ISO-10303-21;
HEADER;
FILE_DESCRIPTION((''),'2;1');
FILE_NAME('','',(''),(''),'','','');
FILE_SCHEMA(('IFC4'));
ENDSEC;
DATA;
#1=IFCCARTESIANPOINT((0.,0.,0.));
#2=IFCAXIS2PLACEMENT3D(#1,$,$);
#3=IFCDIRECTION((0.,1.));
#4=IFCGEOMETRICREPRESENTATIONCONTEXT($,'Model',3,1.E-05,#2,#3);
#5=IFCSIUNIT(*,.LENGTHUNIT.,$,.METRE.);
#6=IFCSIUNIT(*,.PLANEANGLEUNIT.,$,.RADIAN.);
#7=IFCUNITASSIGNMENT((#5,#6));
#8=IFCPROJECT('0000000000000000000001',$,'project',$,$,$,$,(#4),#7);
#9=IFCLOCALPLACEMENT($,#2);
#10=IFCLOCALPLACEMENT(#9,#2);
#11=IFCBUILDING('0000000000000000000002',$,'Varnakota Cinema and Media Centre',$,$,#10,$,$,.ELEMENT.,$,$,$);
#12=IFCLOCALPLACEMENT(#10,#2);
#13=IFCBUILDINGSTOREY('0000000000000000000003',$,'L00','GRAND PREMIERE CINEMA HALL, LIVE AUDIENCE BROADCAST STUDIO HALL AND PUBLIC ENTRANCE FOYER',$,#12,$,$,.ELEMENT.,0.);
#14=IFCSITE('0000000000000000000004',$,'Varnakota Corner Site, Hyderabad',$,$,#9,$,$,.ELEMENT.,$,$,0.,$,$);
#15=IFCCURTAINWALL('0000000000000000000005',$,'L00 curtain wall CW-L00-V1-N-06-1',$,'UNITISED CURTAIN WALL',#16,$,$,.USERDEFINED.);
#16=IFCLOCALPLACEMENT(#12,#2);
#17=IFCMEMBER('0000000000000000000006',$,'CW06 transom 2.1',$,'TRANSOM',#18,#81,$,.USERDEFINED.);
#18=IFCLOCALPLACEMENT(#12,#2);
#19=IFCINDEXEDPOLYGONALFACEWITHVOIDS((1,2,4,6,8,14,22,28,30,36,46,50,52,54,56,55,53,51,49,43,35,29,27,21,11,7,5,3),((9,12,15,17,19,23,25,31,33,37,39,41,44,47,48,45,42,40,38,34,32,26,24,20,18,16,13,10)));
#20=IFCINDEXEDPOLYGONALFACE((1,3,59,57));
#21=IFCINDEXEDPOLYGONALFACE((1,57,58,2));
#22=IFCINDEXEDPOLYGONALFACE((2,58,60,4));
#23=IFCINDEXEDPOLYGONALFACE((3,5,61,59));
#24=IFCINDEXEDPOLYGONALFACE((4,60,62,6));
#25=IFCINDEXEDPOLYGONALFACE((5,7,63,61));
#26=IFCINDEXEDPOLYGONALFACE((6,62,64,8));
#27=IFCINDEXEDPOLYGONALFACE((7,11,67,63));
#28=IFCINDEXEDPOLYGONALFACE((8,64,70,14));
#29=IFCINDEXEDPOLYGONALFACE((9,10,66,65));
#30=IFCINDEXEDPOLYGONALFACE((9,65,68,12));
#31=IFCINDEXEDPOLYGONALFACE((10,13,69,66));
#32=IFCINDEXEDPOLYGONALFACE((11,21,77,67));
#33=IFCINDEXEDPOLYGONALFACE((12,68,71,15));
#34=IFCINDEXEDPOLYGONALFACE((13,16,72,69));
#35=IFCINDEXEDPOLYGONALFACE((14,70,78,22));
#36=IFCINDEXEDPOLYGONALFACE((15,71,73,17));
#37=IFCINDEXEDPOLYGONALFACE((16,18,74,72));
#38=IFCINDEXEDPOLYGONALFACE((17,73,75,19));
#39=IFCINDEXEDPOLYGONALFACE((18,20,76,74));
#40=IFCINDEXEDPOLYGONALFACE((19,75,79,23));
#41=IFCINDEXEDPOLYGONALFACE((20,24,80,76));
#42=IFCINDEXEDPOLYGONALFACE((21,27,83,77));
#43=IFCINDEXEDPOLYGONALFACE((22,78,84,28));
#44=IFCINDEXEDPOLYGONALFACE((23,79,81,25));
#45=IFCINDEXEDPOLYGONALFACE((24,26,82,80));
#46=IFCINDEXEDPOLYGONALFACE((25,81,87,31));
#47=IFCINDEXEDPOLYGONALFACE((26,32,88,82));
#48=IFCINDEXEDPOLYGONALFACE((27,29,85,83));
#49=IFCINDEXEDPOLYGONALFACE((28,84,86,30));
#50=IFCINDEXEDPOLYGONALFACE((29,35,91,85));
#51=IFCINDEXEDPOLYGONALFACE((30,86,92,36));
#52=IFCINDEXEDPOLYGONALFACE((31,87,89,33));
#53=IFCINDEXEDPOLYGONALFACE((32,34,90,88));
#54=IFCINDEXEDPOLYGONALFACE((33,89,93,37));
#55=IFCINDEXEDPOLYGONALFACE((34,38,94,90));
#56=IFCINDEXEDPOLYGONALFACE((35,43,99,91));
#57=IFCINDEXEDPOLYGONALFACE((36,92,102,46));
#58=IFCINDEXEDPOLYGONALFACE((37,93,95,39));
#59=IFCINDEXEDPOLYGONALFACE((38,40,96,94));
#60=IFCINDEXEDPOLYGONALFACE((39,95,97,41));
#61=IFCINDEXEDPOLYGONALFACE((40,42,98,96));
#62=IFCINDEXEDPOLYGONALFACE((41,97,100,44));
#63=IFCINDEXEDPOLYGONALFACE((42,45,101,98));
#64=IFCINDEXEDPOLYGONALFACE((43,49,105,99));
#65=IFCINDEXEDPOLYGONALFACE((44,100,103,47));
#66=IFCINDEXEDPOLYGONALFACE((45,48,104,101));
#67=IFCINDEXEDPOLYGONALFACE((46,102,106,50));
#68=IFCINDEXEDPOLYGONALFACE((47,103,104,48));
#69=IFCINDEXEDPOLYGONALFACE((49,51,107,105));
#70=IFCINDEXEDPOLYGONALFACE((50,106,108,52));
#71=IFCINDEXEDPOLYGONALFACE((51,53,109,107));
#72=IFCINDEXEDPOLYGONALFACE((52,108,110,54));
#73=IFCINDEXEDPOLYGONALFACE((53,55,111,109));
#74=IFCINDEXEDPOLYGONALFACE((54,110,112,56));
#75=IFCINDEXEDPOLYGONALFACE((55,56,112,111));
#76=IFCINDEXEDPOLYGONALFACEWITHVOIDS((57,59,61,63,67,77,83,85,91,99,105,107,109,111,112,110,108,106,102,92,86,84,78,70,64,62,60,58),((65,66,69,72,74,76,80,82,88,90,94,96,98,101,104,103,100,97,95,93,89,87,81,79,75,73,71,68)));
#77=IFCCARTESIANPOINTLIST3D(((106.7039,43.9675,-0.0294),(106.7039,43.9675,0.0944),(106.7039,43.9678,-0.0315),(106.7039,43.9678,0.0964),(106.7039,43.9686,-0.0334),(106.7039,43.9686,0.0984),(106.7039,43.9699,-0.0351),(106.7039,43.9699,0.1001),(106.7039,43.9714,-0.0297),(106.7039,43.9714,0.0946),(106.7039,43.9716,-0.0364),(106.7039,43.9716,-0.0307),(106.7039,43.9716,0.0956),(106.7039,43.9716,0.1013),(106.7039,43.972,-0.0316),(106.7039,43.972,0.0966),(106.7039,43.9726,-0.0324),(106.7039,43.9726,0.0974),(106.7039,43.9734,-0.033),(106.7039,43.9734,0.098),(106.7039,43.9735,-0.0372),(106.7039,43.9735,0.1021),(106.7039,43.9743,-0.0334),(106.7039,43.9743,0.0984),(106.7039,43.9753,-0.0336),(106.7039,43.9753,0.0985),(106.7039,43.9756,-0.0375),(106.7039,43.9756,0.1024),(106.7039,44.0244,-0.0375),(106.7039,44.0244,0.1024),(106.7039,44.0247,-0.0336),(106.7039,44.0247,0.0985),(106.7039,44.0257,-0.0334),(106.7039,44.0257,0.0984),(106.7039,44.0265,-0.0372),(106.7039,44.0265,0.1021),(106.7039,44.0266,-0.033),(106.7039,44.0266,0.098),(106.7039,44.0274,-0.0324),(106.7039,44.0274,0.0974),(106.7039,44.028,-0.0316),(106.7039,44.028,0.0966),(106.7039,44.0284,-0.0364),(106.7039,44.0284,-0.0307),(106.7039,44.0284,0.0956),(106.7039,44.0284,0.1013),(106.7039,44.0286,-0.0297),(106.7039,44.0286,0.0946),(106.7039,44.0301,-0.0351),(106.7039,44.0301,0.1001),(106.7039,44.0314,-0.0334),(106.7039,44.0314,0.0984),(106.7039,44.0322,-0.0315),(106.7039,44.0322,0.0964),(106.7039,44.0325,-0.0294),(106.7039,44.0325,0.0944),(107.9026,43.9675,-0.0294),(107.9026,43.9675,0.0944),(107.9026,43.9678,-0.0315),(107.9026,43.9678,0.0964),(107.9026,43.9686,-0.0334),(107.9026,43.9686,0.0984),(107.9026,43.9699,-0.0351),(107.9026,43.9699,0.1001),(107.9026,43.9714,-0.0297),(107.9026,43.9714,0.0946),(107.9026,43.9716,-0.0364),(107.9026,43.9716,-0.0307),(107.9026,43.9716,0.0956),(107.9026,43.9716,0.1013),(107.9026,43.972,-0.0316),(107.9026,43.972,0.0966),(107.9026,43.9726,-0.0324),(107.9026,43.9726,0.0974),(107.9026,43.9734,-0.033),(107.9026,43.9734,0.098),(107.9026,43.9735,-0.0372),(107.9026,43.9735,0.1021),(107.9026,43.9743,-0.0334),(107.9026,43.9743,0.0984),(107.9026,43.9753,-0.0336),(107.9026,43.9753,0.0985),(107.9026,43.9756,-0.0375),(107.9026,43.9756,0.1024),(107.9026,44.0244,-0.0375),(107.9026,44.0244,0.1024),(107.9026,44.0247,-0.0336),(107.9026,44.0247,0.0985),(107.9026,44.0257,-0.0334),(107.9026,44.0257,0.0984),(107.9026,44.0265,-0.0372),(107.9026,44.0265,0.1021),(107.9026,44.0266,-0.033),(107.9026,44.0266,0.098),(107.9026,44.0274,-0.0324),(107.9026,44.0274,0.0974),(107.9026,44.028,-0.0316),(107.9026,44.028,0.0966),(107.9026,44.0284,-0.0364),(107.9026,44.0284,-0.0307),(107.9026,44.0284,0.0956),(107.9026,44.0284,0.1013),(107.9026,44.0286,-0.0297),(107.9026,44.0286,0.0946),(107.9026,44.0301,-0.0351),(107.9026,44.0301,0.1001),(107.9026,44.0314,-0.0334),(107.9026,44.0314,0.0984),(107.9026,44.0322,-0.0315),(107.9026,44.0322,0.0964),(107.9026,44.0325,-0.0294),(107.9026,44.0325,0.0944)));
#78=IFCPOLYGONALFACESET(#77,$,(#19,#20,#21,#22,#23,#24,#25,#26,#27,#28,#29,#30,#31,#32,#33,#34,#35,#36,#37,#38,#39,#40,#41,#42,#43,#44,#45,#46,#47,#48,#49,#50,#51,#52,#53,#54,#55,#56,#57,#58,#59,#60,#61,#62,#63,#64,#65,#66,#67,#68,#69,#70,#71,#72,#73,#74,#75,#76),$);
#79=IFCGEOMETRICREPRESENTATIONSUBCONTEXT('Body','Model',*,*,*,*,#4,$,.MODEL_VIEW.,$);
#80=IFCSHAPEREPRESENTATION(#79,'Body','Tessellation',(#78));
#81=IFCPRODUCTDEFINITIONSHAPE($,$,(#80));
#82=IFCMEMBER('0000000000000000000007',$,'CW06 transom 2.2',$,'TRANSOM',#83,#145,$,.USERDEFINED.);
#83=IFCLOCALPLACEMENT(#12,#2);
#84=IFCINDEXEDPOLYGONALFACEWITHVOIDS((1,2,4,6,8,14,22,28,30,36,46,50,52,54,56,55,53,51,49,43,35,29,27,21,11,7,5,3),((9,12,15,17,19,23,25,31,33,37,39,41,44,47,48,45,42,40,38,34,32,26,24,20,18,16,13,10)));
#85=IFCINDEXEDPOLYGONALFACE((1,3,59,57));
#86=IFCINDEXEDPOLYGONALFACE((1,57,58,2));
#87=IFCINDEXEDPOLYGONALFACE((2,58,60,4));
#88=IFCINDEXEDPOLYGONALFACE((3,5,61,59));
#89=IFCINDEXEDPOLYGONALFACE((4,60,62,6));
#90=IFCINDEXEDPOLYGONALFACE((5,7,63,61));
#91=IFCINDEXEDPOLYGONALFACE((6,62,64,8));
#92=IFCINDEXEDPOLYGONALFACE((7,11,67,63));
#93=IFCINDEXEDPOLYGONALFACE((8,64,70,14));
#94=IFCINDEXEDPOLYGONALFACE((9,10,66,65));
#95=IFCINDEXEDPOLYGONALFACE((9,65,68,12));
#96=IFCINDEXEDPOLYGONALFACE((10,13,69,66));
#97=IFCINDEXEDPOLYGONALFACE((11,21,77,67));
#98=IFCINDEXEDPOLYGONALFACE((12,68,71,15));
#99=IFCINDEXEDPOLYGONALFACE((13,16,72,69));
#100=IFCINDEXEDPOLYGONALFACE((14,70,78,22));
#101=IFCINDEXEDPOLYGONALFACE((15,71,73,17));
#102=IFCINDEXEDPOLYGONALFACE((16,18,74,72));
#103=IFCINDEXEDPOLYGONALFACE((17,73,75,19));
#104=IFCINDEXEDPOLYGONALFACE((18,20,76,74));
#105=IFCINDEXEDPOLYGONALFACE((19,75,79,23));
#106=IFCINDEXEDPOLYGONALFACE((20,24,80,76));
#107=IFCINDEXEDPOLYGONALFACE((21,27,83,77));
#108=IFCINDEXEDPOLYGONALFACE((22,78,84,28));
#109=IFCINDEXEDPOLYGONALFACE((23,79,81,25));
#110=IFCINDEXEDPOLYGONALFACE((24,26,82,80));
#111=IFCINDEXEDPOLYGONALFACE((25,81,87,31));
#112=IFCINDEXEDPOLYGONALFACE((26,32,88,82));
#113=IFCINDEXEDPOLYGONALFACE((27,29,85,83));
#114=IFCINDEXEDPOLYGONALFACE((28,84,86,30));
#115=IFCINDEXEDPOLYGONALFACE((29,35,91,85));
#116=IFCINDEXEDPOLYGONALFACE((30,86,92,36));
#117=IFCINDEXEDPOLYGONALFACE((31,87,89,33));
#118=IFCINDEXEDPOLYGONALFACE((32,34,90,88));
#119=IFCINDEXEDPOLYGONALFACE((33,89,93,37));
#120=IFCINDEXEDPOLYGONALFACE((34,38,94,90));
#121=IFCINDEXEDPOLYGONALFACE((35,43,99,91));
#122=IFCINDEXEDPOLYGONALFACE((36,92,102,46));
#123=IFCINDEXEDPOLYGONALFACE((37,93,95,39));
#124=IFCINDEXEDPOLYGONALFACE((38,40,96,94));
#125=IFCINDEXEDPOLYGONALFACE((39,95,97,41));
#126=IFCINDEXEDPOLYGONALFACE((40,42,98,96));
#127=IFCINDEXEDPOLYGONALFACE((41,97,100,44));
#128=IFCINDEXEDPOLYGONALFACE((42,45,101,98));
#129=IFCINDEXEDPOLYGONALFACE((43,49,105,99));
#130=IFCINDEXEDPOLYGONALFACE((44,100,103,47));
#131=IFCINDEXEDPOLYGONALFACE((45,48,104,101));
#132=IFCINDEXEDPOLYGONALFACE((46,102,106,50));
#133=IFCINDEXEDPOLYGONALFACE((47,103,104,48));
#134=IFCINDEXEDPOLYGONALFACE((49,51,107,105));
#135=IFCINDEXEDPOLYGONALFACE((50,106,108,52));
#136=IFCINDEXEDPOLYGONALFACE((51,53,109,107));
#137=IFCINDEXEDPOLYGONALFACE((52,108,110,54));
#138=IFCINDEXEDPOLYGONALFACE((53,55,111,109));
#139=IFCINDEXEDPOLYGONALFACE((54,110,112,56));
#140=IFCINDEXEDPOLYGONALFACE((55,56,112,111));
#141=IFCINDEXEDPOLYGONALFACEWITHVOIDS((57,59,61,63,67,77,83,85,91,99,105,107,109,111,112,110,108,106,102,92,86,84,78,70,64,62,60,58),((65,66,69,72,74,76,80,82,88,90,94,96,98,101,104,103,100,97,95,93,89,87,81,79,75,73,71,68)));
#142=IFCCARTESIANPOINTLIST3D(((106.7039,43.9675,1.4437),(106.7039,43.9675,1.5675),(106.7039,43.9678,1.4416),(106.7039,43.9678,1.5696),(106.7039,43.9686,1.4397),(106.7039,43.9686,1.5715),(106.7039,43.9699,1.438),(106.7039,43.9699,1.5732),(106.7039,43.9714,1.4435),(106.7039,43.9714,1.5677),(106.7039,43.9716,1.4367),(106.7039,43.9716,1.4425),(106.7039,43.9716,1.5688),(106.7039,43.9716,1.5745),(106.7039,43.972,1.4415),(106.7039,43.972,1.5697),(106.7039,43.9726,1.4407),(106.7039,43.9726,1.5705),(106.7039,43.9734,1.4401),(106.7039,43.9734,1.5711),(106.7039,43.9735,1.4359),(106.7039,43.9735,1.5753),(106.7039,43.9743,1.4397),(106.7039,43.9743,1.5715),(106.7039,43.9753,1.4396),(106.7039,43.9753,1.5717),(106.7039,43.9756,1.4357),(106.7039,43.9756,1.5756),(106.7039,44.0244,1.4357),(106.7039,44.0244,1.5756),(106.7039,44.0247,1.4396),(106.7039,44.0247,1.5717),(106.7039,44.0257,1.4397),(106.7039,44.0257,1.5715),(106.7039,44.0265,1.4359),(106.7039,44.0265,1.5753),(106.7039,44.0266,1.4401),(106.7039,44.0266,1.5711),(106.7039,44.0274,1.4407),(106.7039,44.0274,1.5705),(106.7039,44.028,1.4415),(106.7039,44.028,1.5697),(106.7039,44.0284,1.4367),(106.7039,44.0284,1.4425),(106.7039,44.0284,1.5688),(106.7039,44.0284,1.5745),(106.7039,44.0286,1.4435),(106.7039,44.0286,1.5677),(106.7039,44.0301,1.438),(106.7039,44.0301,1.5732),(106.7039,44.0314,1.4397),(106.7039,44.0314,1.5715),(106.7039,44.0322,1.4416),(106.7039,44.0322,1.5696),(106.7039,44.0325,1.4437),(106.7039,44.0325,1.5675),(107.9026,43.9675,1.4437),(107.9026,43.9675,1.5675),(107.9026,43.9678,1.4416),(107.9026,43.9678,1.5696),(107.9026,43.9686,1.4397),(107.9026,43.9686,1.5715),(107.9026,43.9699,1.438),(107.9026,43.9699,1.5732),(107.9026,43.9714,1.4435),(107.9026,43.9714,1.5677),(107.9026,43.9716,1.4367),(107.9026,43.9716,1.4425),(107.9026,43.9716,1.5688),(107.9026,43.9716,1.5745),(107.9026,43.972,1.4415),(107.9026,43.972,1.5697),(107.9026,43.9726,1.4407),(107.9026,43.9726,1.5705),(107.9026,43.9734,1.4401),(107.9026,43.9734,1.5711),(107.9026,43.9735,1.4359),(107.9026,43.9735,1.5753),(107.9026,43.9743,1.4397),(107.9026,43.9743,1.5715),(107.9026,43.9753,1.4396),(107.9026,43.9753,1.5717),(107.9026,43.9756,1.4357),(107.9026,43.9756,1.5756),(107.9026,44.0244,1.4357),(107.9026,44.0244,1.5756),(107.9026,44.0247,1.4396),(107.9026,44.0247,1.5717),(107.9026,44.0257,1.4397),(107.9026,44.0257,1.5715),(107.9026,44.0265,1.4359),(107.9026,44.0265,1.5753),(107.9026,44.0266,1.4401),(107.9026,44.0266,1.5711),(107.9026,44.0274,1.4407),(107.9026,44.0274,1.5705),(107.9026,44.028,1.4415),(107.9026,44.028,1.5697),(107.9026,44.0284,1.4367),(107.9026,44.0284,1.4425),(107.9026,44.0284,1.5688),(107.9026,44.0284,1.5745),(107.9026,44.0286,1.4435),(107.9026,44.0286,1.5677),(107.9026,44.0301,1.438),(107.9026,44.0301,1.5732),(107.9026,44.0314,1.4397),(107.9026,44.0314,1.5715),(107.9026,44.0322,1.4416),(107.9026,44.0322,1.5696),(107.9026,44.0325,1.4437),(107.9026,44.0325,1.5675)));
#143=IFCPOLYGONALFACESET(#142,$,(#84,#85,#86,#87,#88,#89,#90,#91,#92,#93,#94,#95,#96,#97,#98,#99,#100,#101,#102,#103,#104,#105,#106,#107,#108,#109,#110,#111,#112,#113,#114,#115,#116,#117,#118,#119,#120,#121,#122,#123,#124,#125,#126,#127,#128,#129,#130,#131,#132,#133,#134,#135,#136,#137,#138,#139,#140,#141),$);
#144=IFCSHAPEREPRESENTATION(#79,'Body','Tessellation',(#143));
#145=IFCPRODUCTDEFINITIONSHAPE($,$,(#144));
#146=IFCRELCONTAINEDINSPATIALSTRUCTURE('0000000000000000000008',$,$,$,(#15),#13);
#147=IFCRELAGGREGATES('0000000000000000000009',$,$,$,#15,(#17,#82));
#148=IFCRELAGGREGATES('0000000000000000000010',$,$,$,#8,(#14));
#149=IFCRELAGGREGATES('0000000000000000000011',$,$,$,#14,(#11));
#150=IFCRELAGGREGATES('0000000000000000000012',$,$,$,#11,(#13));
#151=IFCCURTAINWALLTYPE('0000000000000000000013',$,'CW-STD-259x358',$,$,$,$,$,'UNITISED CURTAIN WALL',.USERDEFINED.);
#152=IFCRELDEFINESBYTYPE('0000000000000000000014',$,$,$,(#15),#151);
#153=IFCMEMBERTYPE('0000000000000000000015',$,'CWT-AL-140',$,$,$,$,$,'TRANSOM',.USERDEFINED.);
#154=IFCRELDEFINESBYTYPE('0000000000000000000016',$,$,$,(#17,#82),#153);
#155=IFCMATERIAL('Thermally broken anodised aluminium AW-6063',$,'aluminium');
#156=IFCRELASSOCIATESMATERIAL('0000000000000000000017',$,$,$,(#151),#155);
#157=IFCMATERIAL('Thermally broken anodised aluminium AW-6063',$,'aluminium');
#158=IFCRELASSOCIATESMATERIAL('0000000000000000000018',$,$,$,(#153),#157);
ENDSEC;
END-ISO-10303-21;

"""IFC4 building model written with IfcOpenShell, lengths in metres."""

from ifc_helpers import new_model, si_unit, direction, frame, origin, origin_2d, place, context, subcontext, project, spatial, hollow_rectangle, extrude, material, material_profile, profile_set, type_object, element, aggregate, save


model = new_model("IFC4")

# Units and contexts
model_context = context("Model", 3, precision=1e-05, world=origin(), true_north=direction((0.0, 1.0)))
body_context = subcontext(model_context, "Body", "Model", "MODEL_VIEW")
ifc_project = project(units=[si_unit("LENGTHUNIT", "METRE"), si_unit("PLANEANGLEUNIT", "RADIAN")], contexts=[model_context])

# Site, building, storey
site_placement = place(None, origin())
site = spatial("IfcSite", under=ifc_project, at=site_placement, Name="Varnakota Corner Site, Hyderabad", CompositionType="ELEMENT", RefElevation=0.0)
building_placement = place(site_placement, origin())
building = spatial("IfcBuilding", under=site, at=building_placement, Name="Varnakota Cinema and Media Centre", CompositionType="ELEMENT")
storey_placement = place(building_placement, origin())
storey = spatial("IfcBuildingStorey", under=building, at=storey_placement, Name="L00", Description="GRAND PREMIERE CINEMA HALL, LIVE AUDIENCE BROADCAST STUDIO HALL AND PUBLIC ENTRANCE FOYER", CompositionType="ELEMENT", Elevation=0.0)

# Shared definitions
ifc_material_1 = material(Name="Thermally broken anodised aluminium AW-6063", Category="aluminium")
curtain_wall_type = type_object("IfcCurtainWallType", Name="CW-STD-259x358", ElementType="UNITISED CURTAIN WALL", PredefinedType="USERDEFINED", material=ifc_material_1)

# Curtain wall
curtain_wall_1_placement = place(storey_placement, origin())
curtain_wall_1 = element("IfcCurtainWall", 1, at=curtain_wall_1_placement, inside=storey, type_object=curtain_wall_type, Name="L00 curtain wall CW-L00-V1-N-06-1", ObjectType="UNITISED CURTAIN WALL", PredefinedType="USERDEFINED")

# Members
ifc_material_2 = material(Name="Thermally broken anodised aluminium AW-6063", Category="aluminium")
ifc_material_profile_1 = material_profile(ifc_material_2, hollow_rectangle(XDim=0.0649, YDim=0.1399, WallThickness=0.0039, InnerFilletRadius=0.0039, OuterFilletRadius=0.0081, at=origin_2d()), Name="AL-TRANSOM 140x65x4")
ifc_profile_set_1 = profile_set([ifc_material_profile_1], Name="Thermally broken anodised aluminium AW-6063")
member_type_1 = type_object("IfcMemberType", Name="CWT-AL-140", ElementType="TRANSOM", PredefinedType="USERDEFINED", material=ifc_profile_set_1)
member_1_placement = place(storey_placement, frame((106.7039, 44.0, 0.0325), z_axis=(1.0, 0.0, 0.0), x_axis=(0.0, 1.0, 0.0)))
member_1 = element("IfcMember", 2, at=member_1_placement, type_object=member_type_1, Name="CW06 transom 2.1", ObjectType="TRANSOM", PredefinedType="USERDEFINED", context=body_context, shape_type="SweptSolid", body=[
    extrude(hollow_rectangle(XDim=0.0649, YDim=0.1399, WallThickness=0.0039, InnerFilletRadius=0.0039, OuterFilletRadius=0.0081, at=origin_2d()), origin(), (0.0, 0.0, 1.0), 1.1987),
])
member_2_placement = place(storey_placement, frame((106.7039, 44.0, 1.5056), z_axis=(1.0, 0.0, 0.0), x_axis=(0.0, 1.0, 0.0)))
member_2 = element("IfcMember", 3, at=member_2_placement, type_object=member_type_1, Name="CW06 transom 2.2", ObjectType="TRANSOM", PredefinedType="USERDEFINED", context=body_context, shape_type="SweptSolid", body=[
    extrude(hollow_rectangle(XDim=0.0649, YDim=0.1399, WallThickness=0.0039, InnerFilletRadius=0.0039, OuterFilletRadius=0.0081, at=origin_2d()), origin(), (0.0, 0.0, 1.0), 1.1987),
])

aggregate(curtain_wall_1, [member_1, member_2])

save(model, "model.ifc")
